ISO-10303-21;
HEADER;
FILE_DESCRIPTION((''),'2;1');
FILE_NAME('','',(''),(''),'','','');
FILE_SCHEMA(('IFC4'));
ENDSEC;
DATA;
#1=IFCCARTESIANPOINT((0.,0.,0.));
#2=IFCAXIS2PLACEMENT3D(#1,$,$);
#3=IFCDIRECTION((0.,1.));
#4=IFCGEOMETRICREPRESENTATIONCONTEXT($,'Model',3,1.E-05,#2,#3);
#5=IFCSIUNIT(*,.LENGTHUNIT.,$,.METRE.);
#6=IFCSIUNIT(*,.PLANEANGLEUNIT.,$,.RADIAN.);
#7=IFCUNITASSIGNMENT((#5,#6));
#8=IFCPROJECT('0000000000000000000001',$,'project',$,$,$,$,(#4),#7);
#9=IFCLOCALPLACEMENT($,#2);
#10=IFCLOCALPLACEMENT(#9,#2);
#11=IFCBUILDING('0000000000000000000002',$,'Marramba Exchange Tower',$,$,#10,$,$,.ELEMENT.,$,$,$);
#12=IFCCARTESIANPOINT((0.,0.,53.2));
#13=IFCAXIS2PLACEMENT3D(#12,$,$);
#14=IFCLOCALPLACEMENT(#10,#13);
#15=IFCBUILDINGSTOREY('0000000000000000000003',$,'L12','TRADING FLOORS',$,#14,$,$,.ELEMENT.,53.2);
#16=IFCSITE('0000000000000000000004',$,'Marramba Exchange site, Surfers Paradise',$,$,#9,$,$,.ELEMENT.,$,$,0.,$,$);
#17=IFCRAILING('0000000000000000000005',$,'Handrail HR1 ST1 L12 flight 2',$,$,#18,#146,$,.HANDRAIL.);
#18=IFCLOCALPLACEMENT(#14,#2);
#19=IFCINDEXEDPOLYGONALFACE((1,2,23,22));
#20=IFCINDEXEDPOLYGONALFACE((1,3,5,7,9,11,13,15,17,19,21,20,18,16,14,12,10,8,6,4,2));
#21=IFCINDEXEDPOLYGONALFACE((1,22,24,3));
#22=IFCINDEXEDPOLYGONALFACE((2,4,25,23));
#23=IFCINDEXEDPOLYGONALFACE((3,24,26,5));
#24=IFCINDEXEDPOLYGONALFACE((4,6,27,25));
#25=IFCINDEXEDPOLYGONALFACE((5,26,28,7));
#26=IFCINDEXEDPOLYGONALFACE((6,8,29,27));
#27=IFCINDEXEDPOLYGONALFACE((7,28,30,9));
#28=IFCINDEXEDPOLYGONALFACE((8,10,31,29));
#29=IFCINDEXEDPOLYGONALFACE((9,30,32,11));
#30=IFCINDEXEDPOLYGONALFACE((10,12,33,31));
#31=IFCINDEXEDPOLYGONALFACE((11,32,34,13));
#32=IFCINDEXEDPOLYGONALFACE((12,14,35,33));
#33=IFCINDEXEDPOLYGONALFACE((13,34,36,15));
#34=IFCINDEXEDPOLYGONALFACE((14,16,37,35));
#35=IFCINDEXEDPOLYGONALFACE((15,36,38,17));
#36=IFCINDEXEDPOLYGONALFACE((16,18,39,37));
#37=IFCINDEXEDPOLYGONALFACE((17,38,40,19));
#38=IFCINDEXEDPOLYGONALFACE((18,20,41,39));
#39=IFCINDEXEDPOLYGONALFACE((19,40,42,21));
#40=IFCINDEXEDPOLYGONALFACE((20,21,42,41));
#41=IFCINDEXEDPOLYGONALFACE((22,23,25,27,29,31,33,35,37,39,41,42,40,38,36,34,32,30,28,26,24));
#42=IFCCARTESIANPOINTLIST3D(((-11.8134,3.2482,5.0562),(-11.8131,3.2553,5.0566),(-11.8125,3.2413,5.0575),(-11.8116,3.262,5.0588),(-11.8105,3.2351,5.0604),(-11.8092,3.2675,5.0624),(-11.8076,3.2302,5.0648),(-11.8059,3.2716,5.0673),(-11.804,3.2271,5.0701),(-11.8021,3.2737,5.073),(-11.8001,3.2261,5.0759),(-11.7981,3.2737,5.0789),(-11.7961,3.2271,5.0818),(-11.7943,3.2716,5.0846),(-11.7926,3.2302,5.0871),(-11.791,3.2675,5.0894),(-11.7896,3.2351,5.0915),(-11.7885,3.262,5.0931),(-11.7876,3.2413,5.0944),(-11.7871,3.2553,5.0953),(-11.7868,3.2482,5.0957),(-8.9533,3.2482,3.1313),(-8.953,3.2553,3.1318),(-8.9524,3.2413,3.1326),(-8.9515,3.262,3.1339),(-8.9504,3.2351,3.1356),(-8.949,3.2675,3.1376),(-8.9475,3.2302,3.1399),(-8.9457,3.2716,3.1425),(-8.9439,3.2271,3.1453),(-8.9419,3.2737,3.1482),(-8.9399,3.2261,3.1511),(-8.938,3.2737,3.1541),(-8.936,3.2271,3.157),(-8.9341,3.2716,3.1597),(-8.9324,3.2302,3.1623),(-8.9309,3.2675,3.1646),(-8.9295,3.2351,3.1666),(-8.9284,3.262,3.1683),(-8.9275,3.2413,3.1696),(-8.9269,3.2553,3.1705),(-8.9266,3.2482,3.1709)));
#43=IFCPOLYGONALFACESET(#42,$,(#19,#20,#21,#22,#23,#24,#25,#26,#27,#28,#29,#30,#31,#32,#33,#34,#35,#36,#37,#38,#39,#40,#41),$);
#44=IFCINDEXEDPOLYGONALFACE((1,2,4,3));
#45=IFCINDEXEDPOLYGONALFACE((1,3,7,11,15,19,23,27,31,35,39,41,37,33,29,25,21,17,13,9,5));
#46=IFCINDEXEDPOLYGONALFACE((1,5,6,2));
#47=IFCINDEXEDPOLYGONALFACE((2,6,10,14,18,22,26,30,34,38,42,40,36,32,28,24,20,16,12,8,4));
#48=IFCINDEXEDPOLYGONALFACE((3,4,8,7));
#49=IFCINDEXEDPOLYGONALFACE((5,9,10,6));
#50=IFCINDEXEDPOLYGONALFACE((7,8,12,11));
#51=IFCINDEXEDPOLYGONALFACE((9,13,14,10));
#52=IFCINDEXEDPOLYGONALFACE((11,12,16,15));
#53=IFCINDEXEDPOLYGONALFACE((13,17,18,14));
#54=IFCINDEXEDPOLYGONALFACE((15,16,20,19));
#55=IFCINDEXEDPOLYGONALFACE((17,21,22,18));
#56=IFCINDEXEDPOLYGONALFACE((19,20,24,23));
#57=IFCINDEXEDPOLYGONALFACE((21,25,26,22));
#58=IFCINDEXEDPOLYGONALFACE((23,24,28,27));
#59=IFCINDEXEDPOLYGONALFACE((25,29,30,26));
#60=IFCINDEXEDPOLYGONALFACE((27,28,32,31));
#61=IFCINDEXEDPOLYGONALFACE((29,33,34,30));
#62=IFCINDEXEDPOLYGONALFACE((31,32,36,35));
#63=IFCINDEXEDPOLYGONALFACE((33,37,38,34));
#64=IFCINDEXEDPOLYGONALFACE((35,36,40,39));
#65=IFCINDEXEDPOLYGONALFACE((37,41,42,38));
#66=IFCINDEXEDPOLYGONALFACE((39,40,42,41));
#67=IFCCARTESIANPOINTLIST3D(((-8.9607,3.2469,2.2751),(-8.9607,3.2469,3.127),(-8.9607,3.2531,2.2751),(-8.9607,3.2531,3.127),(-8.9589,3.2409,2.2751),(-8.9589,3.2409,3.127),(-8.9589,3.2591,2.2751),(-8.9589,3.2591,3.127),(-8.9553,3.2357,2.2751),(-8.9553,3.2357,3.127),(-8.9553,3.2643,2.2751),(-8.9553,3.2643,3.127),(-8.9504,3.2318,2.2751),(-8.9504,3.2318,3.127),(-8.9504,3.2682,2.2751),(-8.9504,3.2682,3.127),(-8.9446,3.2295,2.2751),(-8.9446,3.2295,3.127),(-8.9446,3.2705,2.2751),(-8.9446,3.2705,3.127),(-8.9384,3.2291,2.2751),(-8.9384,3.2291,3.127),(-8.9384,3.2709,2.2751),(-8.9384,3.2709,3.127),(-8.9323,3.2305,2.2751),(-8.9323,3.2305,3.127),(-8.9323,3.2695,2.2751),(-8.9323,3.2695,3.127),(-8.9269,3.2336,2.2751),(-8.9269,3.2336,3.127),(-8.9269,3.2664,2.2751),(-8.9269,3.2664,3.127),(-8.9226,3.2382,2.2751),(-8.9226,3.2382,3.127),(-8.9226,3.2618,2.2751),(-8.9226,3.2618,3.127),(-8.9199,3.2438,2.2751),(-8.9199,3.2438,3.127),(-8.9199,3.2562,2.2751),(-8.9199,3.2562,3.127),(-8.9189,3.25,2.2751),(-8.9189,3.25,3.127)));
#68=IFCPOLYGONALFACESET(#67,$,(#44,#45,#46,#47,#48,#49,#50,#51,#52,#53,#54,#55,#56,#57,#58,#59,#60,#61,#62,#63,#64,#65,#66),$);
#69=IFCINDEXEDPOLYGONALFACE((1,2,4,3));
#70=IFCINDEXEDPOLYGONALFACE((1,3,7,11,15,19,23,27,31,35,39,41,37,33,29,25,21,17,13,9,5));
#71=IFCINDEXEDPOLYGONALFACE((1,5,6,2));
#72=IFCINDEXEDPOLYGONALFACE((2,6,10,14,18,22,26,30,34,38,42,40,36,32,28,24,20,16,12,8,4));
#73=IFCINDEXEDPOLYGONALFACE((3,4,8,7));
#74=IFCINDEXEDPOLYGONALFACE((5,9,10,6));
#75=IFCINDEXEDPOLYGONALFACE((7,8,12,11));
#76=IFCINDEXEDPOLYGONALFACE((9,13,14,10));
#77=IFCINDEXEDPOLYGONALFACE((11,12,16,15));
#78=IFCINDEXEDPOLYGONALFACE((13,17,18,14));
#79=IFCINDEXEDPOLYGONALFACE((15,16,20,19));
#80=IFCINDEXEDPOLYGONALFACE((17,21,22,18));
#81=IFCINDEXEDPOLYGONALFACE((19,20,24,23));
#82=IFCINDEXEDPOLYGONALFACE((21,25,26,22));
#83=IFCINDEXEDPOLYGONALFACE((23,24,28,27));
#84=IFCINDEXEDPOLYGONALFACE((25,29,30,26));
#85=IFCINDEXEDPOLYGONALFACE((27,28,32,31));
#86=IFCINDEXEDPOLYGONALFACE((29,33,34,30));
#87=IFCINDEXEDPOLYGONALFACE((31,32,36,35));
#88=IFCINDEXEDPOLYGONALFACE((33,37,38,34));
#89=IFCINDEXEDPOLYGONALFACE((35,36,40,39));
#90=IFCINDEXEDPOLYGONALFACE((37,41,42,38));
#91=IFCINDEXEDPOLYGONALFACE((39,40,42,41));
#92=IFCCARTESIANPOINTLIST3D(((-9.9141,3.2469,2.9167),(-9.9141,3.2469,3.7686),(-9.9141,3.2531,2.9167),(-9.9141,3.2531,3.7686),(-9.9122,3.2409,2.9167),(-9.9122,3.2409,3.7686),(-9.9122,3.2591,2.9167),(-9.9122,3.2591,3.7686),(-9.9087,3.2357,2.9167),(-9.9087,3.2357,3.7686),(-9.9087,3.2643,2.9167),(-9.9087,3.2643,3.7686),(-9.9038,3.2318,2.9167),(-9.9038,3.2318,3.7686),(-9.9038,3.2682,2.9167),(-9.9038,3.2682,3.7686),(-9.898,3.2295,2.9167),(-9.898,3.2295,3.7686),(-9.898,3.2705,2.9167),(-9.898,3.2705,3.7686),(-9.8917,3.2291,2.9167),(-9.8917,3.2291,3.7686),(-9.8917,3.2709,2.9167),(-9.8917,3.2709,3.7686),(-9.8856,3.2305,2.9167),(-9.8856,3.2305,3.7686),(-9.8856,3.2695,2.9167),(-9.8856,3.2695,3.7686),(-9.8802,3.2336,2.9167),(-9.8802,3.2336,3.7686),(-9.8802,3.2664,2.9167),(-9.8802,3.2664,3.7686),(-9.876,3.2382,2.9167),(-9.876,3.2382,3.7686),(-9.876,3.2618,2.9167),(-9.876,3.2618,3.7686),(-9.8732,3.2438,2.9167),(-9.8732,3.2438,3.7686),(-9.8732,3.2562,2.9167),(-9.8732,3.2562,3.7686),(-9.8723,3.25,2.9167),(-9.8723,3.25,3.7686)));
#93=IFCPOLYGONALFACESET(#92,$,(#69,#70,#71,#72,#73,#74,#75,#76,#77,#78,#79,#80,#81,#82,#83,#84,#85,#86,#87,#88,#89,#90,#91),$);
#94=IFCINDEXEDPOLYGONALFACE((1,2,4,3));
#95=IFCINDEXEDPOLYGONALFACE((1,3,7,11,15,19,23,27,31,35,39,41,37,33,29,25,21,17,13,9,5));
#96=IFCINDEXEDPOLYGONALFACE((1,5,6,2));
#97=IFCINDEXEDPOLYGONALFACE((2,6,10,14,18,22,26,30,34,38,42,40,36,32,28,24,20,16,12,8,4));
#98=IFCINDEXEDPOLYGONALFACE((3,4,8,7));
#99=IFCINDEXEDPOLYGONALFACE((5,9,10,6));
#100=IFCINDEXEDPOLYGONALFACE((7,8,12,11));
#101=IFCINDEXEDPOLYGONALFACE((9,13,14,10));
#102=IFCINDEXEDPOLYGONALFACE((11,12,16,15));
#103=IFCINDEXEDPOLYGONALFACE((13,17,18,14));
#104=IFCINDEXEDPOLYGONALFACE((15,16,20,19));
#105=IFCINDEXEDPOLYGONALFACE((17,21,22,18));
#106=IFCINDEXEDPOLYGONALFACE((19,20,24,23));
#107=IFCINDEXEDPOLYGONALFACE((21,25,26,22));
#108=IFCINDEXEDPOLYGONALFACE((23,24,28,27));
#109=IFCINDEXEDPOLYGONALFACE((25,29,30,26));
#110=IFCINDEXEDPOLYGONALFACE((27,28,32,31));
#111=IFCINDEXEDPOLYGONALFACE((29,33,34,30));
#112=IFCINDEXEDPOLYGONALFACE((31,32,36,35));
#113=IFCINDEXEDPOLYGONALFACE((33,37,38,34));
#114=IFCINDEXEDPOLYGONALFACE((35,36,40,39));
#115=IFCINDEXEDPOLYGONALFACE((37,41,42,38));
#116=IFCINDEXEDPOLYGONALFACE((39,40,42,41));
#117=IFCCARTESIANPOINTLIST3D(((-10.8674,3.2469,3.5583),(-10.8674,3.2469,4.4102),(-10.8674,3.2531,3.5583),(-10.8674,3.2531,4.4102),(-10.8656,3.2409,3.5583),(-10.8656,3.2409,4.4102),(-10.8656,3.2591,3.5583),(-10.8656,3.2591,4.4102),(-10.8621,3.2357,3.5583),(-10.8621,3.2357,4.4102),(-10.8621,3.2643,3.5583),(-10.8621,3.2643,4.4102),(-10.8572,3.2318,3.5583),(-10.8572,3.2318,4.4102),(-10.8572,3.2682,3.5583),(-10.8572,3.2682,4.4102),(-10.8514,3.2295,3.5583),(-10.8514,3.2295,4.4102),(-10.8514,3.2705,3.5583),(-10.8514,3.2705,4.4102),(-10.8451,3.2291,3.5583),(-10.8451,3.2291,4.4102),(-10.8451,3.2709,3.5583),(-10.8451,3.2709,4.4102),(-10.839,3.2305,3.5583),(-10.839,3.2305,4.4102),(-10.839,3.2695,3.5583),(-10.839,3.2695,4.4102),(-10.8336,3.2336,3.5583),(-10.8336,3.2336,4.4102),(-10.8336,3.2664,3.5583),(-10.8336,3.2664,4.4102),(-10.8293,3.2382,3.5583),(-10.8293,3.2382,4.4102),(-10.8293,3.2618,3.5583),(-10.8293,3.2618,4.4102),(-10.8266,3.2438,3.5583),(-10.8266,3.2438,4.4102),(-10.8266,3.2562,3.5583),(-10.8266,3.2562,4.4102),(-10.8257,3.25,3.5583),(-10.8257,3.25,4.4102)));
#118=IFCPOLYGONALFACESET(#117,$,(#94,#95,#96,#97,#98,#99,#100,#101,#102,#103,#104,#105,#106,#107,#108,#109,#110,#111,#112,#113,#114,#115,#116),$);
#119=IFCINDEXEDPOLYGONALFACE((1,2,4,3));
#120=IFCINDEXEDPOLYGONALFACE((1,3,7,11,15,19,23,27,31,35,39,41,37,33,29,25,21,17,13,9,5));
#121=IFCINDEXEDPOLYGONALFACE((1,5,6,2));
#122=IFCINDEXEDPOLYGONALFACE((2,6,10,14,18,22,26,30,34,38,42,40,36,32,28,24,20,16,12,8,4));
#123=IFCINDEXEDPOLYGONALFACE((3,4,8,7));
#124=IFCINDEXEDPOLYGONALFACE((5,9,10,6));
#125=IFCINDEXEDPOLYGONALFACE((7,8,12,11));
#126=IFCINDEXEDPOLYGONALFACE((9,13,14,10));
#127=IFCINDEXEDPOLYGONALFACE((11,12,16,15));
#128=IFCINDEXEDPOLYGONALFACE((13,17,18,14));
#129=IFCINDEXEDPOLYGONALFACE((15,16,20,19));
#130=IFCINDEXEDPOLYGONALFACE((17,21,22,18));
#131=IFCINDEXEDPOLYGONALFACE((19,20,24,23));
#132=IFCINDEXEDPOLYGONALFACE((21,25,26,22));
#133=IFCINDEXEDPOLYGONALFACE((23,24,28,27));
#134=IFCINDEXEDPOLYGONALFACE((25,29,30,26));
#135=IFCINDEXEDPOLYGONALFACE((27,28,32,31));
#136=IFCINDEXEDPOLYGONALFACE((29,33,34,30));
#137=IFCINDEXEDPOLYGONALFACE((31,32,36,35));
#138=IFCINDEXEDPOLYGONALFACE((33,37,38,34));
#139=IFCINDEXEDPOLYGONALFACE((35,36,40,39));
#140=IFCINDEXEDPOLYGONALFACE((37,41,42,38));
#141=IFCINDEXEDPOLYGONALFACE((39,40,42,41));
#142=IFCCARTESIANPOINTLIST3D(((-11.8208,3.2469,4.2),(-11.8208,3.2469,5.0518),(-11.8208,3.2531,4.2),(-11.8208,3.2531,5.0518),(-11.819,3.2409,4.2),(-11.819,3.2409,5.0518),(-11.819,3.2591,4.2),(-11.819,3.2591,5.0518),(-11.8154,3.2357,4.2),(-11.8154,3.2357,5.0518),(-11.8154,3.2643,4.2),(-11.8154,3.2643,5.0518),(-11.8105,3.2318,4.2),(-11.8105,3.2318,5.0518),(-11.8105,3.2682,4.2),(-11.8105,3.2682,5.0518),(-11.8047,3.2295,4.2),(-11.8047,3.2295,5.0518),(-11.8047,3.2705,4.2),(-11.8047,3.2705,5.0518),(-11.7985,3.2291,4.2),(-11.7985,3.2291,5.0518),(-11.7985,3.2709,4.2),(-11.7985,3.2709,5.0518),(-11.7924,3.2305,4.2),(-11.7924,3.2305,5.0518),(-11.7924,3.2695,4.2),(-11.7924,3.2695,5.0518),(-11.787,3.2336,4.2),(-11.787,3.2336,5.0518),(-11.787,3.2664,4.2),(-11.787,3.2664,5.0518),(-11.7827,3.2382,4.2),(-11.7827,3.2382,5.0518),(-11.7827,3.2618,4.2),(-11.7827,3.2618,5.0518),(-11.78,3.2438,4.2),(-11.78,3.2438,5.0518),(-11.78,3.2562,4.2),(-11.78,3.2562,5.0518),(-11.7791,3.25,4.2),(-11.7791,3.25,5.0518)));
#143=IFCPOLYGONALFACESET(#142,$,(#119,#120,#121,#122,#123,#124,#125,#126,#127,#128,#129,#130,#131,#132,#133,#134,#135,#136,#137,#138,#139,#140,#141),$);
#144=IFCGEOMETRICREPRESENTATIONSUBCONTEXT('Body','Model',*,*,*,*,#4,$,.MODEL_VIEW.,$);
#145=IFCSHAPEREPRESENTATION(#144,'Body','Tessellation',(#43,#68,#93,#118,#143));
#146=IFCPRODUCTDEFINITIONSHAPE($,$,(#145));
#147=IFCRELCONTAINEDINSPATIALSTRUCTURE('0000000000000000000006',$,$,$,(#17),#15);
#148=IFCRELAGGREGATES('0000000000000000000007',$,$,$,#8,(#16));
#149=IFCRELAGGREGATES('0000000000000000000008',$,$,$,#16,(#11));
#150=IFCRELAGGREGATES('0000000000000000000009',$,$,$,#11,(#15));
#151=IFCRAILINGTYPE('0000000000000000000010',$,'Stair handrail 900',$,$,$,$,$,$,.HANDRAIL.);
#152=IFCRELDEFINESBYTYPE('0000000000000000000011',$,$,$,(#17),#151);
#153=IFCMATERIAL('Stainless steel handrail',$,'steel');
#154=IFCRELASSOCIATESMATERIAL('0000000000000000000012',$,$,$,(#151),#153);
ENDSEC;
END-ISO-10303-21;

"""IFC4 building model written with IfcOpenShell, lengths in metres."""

from ifc_helpers import new_model, si_unit, direction, frame, origin, origin_2d, place, context, subcontext, project, spatial, circle, extrude, material, type_object, element, save


model = new_model("IFC4")

# Units and contexts
model_context = context("Model", 3, precision=1e-05, world=origin(), true_north=direction((0.0, 1.0)))
body_context = subcontext(model_context, "Body", "Model", "MODEL_VIEW")
ifc_project = project(units=[si_unit("LENGTHUNIT", "METRE"), si_unit("PLANEANGLEUNIT", "RADIAN")], contexts=[model_context])

# Site, building, storey
site_placement = place(None, origin())
site = spatial("IfcSite", under=ifc_project, at=site_placement, Name="Marramba Exchange site, Surfers Paradise", CompositionType="ELEMENT", RefElevation=0.0)
building_placement = place(site_placement, origin())
building = spatial("IfcBuilding", under=site, at=building_placement, Name="Marramba Exchange Tower", CompositionType="ELEMENT")
storey_placement = place(building_placement, frame((0.0, 0.0, 53.2)))
storey = spatial("IfcBuildingStorey", under=building, at=storey_placement, Name="L12", Description="TRADING FLOORS", CompositionType="ELEMENT", Elevation=53.2)

# Railing
ifc_material_1 = material(Name="Stainless steel handrail", Category="steel")
railing_type = type_object("IfcRailingType", Name="Stair handrail 900", PredefinedType="HANDRAIL", material=ifc_material_1)
railing_placement = place(storey_placement, frame((-8.9399, 3.25, 2.2751)))
element("IfcRailing", 1, at=railing_placement, inside=storey, type_object=railing_type, Name="Handrail HR1 ST1 L12 flight 2", PredefinedType="HANDRAIL", context=body_context, shape_type="SweptSolid", body=[
    extrude(circle(Radius=0.0239, at=origin_2d()), frame((0.0, 0.0, 0.876), z_axis=(-0.829624, 0.0, 0.558323), x_axis=(0.0, -1.0, 0.0)), (0.0, 0.0, 1.0), 3.4475),
    extrude(circle(Radius=0.021, at=origin_2d()), origin(), (0.0, 0.0, 1.0), 0.8518),
    extrude(circle(Radius=0.021, at=origin_2d()), frame((-0.9534, 0.0, 0.6416)), (0.0, 0.0, 1.0), 0.8518),
    extrude(circle(Radius=0.021, at=origin_2d()), frame((-1.9067, 0.0, 1.2832)), (0.0, 0.0, 1.0), 0.8518),
    extrude(circle(Radius=0.021, at=origin_2d()), frame((-2.8601, 0.0, 1.9248)), (0.0, 0.0, 1.0), 0.8518),
])

save(model, "model.ifc")
